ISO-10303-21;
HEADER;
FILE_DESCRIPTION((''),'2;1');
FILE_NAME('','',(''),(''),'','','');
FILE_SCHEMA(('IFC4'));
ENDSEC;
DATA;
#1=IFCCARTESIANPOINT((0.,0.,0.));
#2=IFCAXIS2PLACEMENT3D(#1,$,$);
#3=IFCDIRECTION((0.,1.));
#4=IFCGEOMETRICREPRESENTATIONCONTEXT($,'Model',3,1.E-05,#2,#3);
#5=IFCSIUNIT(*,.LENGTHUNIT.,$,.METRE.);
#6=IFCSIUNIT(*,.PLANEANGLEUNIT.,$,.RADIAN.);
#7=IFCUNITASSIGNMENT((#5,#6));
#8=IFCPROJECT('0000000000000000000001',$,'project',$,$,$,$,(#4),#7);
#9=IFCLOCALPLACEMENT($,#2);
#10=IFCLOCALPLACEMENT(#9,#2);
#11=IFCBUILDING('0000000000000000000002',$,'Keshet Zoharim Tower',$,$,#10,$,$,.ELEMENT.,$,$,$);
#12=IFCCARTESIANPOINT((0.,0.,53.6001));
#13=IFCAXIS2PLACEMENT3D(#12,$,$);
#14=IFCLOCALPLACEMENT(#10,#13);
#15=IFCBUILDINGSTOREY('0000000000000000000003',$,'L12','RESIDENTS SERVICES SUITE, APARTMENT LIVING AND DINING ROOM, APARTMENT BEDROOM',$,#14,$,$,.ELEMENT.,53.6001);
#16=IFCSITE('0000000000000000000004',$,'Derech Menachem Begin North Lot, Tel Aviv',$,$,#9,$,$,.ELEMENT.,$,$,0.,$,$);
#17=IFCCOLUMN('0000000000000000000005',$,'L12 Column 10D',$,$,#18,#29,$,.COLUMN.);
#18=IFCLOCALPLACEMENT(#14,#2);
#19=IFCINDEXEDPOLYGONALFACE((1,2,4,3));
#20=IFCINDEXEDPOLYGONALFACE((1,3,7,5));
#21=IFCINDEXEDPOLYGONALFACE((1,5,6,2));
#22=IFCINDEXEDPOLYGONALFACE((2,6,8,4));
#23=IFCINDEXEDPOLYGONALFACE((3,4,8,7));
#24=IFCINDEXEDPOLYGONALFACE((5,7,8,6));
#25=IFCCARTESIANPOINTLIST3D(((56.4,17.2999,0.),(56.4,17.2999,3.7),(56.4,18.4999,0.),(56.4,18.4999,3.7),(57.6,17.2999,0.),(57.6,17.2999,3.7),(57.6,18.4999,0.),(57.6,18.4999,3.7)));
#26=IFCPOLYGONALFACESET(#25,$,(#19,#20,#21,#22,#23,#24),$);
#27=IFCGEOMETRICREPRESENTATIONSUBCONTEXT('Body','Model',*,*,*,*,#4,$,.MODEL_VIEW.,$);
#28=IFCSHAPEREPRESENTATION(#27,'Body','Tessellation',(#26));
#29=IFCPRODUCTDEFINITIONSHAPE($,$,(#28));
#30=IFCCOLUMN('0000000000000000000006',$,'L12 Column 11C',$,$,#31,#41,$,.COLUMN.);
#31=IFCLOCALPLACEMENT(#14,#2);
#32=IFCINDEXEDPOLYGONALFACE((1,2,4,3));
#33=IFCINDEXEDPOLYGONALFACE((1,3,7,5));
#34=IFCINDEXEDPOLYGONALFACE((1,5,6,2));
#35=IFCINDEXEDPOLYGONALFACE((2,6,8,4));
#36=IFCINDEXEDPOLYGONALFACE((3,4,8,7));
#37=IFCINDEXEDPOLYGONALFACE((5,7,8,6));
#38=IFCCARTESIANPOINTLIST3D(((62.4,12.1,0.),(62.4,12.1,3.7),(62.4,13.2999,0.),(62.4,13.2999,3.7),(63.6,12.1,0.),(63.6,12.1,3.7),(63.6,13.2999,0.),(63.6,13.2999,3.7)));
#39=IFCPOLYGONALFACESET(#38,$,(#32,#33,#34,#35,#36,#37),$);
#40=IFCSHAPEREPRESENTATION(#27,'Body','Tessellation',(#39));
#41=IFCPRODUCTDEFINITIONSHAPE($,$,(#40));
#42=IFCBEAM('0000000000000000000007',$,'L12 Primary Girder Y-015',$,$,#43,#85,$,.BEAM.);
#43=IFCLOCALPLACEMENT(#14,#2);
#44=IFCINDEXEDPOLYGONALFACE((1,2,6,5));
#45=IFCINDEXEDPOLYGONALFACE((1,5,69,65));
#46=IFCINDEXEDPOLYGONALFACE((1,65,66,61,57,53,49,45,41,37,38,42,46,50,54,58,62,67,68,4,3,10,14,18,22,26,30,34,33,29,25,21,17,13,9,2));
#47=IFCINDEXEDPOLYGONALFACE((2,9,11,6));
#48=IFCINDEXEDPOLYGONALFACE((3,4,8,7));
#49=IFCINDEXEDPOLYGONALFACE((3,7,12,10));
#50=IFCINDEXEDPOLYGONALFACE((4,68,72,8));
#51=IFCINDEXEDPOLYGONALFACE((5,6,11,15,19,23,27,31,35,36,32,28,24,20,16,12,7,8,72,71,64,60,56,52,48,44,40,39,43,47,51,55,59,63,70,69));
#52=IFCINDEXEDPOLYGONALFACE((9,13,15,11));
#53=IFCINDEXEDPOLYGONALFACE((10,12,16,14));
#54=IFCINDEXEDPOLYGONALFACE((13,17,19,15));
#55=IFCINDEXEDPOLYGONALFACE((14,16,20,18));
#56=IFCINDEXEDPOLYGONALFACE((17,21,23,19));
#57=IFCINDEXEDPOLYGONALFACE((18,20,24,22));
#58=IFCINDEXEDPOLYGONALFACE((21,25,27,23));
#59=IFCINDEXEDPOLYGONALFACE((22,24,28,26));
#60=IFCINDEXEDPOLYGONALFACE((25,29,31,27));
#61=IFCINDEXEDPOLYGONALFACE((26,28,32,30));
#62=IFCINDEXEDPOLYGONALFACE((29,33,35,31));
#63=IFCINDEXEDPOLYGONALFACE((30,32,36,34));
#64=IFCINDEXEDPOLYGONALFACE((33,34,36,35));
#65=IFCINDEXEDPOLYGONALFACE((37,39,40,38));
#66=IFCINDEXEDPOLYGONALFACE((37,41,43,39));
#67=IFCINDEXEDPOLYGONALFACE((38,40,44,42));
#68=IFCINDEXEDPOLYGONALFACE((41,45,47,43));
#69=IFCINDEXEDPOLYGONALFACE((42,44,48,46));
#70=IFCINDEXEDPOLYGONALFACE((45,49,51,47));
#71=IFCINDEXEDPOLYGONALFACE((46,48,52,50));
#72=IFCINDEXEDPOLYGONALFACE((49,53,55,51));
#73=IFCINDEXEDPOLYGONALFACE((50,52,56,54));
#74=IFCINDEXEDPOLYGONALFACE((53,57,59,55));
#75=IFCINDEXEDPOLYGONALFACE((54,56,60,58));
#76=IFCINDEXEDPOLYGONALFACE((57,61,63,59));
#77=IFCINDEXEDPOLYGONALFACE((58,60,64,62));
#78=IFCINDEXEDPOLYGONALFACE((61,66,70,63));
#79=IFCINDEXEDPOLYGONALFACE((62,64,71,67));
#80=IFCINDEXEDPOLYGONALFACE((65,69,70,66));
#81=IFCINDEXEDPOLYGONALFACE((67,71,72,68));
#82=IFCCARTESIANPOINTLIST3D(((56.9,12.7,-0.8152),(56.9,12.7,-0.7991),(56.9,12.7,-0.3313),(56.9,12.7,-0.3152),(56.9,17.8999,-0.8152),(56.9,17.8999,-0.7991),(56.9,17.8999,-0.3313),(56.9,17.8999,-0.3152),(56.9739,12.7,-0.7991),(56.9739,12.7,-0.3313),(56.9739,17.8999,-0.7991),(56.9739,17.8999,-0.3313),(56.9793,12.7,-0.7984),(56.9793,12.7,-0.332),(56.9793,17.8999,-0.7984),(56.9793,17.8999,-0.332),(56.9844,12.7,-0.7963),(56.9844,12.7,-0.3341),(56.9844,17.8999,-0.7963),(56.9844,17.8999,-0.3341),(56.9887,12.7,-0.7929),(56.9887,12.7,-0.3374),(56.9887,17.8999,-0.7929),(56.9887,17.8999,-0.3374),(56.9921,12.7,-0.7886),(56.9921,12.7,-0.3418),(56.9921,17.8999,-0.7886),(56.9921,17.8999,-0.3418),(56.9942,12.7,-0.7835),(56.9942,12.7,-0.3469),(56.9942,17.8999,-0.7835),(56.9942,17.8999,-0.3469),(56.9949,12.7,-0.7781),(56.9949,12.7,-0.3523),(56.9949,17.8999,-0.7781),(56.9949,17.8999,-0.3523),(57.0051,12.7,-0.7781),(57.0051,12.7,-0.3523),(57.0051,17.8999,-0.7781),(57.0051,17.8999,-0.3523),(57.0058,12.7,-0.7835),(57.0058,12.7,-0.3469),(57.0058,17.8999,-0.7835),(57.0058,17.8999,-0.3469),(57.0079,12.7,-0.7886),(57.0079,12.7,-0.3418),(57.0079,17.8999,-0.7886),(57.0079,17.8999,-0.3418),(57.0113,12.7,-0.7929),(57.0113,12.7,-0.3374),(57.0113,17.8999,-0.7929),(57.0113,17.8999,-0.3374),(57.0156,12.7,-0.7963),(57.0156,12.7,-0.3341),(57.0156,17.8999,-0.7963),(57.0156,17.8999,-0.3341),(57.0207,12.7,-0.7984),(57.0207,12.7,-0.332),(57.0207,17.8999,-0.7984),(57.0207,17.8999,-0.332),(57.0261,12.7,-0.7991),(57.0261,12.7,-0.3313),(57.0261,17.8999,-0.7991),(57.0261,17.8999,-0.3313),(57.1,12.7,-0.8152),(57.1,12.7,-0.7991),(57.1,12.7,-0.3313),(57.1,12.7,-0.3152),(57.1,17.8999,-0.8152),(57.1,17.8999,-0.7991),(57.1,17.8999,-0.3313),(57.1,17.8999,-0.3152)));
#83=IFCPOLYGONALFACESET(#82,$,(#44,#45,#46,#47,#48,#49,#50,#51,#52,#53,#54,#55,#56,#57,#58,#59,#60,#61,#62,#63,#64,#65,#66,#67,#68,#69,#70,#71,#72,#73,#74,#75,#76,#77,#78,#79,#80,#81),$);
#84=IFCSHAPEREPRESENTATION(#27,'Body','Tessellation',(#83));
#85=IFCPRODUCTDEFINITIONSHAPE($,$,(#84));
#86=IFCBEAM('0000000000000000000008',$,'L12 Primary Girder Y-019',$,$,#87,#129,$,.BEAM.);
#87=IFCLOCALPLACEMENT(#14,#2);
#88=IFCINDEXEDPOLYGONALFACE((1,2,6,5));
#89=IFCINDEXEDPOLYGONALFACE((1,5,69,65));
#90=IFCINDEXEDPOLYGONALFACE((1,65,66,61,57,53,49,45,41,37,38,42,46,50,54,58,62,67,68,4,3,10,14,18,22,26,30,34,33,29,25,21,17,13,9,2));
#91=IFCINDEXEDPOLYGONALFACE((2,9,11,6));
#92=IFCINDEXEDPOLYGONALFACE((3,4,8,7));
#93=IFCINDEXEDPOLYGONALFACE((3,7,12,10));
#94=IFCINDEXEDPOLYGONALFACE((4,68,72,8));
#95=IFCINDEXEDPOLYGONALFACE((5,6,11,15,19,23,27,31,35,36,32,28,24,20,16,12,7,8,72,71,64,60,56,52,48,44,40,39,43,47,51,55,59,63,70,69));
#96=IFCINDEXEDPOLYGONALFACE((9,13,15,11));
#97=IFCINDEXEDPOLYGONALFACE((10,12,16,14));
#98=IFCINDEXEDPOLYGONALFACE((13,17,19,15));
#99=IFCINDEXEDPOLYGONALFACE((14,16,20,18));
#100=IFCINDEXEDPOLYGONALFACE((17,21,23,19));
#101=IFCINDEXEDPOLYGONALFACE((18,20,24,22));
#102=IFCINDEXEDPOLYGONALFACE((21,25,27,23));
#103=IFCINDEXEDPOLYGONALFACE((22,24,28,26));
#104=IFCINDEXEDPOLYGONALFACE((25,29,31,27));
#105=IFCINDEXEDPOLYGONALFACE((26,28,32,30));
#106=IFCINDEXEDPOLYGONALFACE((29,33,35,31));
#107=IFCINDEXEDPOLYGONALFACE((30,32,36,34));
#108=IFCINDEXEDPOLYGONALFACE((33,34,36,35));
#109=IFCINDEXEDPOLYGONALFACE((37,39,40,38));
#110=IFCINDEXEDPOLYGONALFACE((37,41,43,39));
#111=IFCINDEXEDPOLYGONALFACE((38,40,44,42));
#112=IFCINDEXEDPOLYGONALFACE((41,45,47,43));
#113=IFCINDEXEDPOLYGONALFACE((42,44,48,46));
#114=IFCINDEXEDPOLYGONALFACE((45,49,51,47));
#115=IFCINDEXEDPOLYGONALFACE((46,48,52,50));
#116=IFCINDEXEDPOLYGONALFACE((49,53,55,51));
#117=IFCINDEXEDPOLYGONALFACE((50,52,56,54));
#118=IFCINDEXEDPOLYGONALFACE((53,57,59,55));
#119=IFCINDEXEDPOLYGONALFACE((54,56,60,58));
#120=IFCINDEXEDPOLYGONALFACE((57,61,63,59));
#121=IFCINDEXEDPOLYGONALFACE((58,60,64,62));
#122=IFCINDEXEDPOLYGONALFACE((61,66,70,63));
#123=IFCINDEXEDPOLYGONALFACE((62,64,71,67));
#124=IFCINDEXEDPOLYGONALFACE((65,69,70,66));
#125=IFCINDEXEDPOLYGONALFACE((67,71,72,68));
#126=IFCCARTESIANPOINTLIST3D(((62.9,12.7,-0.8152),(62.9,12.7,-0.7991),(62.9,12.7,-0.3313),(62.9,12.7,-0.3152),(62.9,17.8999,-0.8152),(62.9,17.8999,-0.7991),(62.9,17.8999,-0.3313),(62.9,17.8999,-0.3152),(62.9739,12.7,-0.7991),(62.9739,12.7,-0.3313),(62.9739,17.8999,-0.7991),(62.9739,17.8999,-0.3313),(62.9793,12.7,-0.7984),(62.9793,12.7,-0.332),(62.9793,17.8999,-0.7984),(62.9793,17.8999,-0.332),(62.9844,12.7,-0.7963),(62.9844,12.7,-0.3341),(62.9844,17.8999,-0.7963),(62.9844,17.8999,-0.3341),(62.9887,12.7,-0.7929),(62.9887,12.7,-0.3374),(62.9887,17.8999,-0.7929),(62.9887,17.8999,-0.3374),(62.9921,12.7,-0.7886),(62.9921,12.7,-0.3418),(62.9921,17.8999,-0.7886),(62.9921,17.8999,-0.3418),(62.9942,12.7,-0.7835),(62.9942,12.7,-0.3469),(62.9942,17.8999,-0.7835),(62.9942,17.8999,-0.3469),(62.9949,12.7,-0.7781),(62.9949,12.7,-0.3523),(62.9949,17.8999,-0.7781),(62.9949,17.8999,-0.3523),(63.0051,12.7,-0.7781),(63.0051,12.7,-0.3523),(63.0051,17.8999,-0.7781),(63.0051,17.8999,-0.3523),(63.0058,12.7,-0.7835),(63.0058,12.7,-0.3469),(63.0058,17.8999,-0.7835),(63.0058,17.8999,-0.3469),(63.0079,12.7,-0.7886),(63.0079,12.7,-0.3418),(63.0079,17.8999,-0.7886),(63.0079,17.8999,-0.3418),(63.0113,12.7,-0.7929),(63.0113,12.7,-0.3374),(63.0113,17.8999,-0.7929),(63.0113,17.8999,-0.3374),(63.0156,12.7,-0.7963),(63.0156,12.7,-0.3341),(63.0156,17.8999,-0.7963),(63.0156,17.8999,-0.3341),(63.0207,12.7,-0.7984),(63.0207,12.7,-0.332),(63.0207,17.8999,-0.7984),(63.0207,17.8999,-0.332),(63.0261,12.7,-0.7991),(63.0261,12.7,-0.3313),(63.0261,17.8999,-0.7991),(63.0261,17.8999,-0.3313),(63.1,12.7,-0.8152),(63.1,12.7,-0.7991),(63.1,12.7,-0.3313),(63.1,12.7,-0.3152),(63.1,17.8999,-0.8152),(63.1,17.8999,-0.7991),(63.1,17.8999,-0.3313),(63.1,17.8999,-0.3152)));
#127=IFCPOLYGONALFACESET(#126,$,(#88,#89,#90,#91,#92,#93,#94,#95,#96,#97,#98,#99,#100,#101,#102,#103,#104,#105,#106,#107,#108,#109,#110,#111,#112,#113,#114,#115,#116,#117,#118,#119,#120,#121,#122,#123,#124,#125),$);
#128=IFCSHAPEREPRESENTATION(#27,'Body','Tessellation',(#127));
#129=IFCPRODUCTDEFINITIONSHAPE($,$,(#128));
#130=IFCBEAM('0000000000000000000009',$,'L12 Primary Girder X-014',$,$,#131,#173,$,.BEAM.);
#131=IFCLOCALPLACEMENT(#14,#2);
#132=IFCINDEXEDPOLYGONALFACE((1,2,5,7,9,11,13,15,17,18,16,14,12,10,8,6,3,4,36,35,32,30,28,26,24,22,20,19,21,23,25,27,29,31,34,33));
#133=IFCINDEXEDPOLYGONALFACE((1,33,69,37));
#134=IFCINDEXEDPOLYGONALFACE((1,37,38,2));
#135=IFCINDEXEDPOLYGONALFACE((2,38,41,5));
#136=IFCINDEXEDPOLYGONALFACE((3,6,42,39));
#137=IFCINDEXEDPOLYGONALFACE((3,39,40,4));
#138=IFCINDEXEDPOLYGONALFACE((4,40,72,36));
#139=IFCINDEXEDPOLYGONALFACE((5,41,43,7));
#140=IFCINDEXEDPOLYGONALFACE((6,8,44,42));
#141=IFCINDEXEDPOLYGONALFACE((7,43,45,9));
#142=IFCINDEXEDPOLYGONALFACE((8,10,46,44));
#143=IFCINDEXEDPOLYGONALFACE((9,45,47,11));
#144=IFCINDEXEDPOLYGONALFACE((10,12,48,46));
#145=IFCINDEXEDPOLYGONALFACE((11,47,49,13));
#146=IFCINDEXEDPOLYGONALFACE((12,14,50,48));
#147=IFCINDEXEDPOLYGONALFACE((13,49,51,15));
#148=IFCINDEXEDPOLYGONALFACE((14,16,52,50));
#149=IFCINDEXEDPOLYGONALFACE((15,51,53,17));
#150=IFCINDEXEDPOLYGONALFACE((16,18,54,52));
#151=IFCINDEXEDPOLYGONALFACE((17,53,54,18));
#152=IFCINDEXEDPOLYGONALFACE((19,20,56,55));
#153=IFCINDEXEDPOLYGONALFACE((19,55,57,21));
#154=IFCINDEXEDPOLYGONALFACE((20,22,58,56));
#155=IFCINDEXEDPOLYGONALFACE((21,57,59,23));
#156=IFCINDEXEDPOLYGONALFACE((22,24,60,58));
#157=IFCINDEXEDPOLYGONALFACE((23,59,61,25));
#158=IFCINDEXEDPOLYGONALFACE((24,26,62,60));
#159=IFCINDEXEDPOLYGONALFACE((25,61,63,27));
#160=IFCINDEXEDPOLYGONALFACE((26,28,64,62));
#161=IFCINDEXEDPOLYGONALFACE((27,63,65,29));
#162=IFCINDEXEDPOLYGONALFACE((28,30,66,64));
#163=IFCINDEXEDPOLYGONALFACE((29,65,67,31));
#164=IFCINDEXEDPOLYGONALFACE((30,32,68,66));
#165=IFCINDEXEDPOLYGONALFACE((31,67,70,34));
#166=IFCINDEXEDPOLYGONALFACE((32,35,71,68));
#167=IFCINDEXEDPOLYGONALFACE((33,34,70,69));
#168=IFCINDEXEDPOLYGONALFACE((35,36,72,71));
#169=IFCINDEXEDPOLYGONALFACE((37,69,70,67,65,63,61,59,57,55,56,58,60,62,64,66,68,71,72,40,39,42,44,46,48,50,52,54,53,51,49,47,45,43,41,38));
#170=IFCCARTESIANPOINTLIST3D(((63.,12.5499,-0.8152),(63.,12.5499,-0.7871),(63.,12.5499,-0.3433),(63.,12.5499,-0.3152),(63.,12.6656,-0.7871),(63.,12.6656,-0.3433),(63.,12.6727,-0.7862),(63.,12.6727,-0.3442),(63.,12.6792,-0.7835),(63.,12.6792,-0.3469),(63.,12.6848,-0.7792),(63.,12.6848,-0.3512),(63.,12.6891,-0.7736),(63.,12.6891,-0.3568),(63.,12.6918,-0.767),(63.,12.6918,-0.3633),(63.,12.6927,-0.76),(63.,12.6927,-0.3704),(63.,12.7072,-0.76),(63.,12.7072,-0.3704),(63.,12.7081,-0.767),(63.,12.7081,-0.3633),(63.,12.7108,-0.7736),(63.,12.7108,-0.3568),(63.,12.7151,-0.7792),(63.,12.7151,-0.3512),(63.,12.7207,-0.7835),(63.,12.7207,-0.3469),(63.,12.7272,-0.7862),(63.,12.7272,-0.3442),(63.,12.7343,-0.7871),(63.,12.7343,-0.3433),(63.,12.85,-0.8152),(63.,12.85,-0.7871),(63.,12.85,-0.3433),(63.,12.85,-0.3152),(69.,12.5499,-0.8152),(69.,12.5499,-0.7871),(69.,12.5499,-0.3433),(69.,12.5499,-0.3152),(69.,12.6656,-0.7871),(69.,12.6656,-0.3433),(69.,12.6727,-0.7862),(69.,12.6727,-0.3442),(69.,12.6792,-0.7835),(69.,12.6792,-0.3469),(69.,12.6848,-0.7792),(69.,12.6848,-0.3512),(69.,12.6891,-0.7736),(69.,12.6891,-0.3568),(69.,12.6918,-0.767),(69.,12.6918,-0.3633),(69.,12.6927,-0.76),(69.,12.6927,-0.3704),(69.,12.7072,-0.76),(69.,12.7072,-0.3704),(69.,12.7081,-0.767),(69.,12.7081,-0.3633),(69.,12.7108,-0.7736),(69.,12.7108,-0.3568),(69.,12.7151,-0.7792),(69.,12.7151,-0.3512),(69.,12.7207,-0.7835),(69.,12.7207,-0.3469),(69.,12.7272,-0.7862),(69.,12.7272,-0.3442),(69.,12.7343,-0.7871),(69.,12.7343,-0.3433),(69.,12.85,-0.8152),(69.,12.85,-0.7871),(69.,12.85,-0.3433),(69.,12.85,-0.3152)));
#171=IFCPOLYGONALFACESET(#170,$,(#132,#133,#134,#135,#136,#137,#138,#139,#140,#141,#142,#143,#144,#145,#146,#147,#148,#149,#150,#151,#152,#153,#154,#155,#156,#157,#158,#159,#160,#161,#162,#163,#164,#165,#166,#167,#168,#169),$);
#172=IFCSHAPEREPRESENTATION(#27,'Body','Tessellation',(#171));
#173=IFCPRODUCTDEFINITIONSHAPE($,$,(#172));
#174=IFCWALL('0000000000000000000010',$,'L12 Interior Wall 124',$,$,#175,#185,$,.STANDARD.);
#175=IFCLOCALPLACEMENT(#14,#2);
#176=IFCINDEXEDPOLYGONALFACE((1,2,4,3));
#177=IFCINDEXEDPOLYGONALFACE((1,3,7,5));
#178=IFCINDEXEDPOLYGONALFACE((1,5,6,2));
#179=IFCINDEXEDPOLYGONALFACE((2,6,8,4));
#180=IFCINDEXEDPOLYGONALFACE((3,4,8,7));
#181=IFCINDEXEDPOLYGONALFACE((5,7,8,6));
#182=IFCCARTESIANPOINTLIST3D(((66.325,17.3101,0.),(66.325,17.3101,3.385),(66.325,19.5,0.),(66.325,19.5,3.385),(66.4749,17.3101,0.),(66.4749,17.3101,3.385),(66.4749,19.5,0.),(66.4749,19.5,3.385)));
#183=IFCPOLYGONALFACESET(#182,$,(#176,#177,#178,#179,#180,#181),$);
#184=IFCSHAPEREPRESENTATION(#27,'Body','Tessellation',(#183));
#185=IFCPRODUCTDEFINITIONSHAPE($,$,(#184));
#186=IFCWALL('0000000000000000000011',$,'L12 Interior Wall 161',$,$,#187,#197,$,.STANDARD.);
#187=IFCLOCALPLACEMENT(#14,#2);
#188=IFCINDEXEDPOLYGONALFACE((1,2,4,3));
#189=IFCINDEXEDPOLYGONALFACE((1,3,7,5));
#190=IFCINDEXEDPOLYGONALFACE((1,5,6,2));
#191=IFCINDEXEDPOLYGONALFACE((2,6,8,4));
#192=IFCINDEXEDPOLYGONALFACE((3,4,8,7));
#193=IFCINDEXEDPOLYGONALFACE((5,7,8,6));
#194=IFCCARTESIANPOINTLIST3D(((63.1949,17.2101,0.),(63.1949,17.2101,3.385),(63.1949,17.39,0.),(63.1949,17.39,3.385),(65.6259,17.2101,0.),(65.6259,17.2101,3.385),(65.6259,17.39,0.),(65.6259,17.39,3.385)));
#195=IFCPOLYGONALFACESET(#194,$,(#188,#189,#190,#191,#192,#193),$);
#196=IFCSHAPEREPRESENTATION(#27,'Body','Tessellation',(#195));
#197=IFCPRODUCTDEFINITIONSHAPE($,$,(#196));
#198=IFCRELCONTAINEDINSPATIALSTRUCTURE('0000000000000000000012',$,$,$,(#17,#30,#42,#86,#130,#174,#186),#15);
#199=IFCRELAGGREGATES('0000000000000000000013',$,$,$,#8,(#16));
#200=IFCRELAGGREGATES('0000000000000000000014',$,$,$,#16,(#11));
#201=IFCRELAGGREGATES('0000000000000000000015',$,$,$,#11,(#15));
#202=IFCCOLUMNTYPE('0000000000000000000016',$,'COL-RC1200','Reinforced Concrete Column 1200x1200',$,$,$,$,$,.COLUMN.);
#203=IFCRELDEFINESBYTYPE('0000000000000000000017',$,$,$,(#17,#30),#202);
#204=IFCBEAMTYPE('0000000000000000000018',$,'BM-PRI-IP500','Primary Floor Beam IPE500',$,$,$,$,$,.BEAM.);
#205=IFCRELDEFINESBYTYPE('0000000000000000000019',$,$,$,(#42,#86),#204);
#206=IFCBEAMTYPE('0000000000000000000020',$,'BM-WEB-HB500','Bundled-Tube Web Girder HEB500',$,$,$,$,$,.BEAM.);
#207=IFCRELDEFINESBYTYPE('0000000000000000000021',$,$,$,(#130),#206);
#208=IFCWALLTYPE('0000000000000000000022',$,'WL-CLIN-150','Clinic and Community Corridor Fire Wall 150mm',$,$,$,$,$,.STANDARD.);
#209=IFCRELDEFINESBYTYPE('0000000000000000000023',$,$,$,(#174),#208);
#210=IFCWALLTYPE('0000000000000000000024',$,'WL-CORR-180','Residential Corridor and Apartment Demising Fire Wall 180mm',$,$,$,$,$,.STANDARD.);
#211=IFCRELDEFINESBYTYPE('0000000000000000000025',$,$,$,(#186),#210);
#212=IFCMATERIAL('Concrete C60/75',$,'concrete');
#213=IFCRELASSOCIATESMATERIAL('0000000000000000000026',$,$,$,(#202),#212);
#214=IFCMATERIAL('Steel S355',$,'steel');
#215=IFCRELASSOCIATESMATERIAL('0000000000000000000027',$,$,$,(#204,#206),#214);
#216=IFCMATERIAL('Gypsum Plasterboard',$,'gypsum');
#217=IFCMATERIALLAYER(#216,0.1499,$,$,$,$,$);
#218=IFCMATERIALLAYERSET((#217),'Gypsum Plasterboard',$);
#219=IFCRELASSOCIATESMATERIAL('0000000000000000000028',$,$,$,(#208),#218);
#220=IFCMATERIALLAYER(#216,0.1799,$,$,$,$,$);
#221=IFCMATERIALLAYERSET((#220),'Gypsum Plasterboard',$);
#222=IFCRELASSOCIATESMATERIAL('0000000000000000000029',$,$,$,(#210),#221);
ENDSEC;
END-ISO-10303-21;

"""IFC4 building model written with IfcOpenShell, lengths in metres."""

from ifc_helpers import new_model, si_unit, direction, frame, frame_2d, origin, origin_2d, place, context, subcontext, project, spatial, rectangle, i_section, extrude, material, layer, layer_set, material_profile, profile_set, type_object, element, save


model = new_model("IFC4")

# Units and contexts
model_context = context("Model", 3, precision=1e-05, world=origin(), true_north=direction((0.0, 1.0)))
body_context = subcontext(model_context, "Body", "Model", "MODEL_VIEW")
ifc_project = project(units=[si_unit("LENGTHUNIT", "METRE"), si_unit("PLANEANGLEUNIT", "RADIAN")], contexts=[model_context])

# Site, building, storey
site_placement = place(None, origin())
site = spatial("IfcSite", under=ifc_project, at=site_placement, Name="Derech Menachem Begin North Lot, Tel Aviv", CompositionType="ELEMENT", RefElevation=0.0)
building_placement = place(site_placement, origin())
building = spatial("IfcBuilding", under=site, at=building_placement, Name="Keshet Zoharim Tower", CompositionType="ELEMENT")
storey_placement = place(building_placement, frame((0.0, 0.0, 53.6001)))
storey = spatial("IfcBuildingStorey", under=building, at=storey_placement, Name="L12", Description="RESIDENTS SERVICES SUITE, APARTMENT LIVING AND DINING ROOM, APARTMENT BEDROOM", CompositionType="ELEMENT", Elevation=53.6001)

# Columns
ifc_material_1 = material(Name="Concrete C60/75", Category="concrete")
ifc_material_profile_1 = material_profile(ifc_material_1, rectangle(XDim=1.2, YDim=1.2, at=origin_2d()), Name="RC1200x1200")
ifc_profile_set_1 = profile_set([ifc_material_profile_1], Name="Concrete C60/75")
column_type = type_object("IfcColumnType", Name="COL-RC1200", Description="Reinforced Concrete Column 1200x1200", PredefinedType="COLUMN", material=ifc_profile_set_1)
for number, where, z_axis, x_axis, name in (
    (1, (57.0, 17.8999, 0.0), (0.0, 0.0, 1.0), (1.0, 0.0, 0.0), "L12 Column 10D"),
    (2, (63.0, 12.7, 0.0), (0.0, 0.0, 1.0), (1.0, 0.0, 0.0), "L12 Column 11C"),
):
    element("IfcColumn", number, at=place(storey_placement, frame(where, z_axis=z_axis, x_axis=x_axis)), inside=storey, type_object=column_type, Name=name, PredefinedType="COLUMN", context=body_context, shape_type="SweptSolid", body=[
        extrude(rectangle(XDim=1.2, YDim=1.2, at=origin_2d()), origin(), (0.0, 0.0, 1.0), 3.7),
    ])

# Beams
ifc_material_2 = material(Name="Steel S355", Category="steel")
ifc_material_profile_2 = material_profile(ifc_material_2, i_section(OverallWidth=0.2, OverallDepth=0.5, WebThickness=0.0103, FlangeThickness=0.0161, FilletRadius=0.021, at=origin_2d()), Name="IPE500")
ifc_profile_set_2 = profile_set([ifc_material_profile_2], Name="Steel S355")
beam_type_1 = type_object("IfcBeamType", Name="BM-PRI-IP500", Description="Primary Floor Beam IPE500", PredefinedType="BEAM", material=ifc_profile_set_2)
for number, where, z_axis, x_axis, name in (
    (3, (57.0, 12.7, -0.5652), (0.0, 1.0, 0.0), (-1.0, 0.0, 0.0), "L12 Primary Girder Y-015"),
    (4, (63.0, 12.7, -0.5652), (0.0, 1.0, 0.0), (-1.0, 0.0, 0.0), "L12 Primary Girder Y-019"),
):
    element("IfcBeam", number, at=place(storey_placement, frame(where, z_axis=z_axis, x_axis=x_axis)), inside=storey, type_object=beam_type_1, Name=name, PredefinedType="BEAM", context=body_context, shape_type="SweptSolid", body=[
        extrude(i_section(OverallWidth=0.2, OverallDepth=0.5, WebThickness=0.0103, FlangeThickness=0.0161, FilletRadius=0.021, at=origin_2d()), origin(), (0.0, 0.0, 1.0), 5.2),
    ])
ifc_material_profile_3 = material_profile(ifc_material_2, i_section(OverallWidth=0.3, OverallDepth=0.5, WebThickness=0.0144, FlangeThickness=0.0281, FilletRadius=0.0271, at=origin_2d()), Name="HEB500")
ifc_profile_set_3 = profile_set([ifc_material_profile_3], Name="Steel S355")
beam_type_2 = type_object("IfcBeamType", Name="BM-WEB-HB500", Description="Bundled-Tube Web Girder HEB500", PredefinedType="BEAM", material=ifc_profile_set_3)
beam_placement = place(storey_placement, frame((63.0, 12.7, -0.5652), z_axis=(1.0, 0.0, 0.0), x_axis=(0.0, 1.0, 0.0)))
element("IfcBeam", 5, at=beam_placement, inside=storey, type_object=beam_type_2, Name="L12 Primary Girder X-014", PredefinedType="BEAM", context=body_context, shape_type="SweptSolid", body=[
    extrude(i_section(OverallWidth=0.3, OverallDepth=0.5, WebThickness=0.0144, FlangeThickness=0.0281, FilletRadius=0.0271, at=origin_2d()), origin(), (0.0, 0.0, 1.0), 6.0),
])

# Wall
ifc_material_3 = material(Name="Gypsum Plasterboard", Category="gypsum")
ifc_layer_1 = layer(ifc_material_3, 0.1499)
ifc_layer_set_1 = layer_set([ifc_layer_1], Name="Gypsum Plasterboard")
wall_type_1 = type_object("IfcWallType", Name="WL-CLIN-150", Description="Clinic and Community Corridor Fire Wall 150mm", PredefinedType="STANDARD", material=ifc_layer_set_1)
wall_1_placement = place(storey_placement, frame((66.3999, 17.3101, 0.0), z_axis=(0.0, 0.0, 1.0), x_axis=(0.0, 1.0, 0.0)))
element("IfcWall", 6, at=wall_1_placement, inside=storey, type_object=wall_type_1, Name="L12 Interior Wall 124", PredefinedType="STANDARD", context=body_context, shape_type="SweptSolid", body=[
    extrude(rectangle(XDim=2.1899, YDim=0.1499, at=frame_2d((1.095, 0.0))), origin(), (0.0, 0.0, 1.0), 3.385),
])

# Shared definitions
ifc_layer_2 = layer(ifc_material_3, 0.1799)
ifc_layer_set_2 = layer_set([ifc_layer_2], Name="Gypsum Plasterboard")
wall_type_2 = type_object("IfcWallType", Name="WL-CORR-180", Description="Residential Corridor and Apartment Demising Fire Wall 180mm", PredefinedType="STANDARD", material=ifc_layer_set_2)

# Wall
wall_2_placement = place(storey_placement, frame((63.1951, 17.3, 0.0), z_axis=(0.0, 0.0, 1.0), x_axis=(1.0, 0.0, 0.0)))
element("IfcWall", 7, at=wall_2_placement, inside=storey, type_object=wall_type_2, Name="L12 Interior Wall 161", PredefinedType="STANDARD", context=body_context, shape_type="SweptSolid", body=[
    extrude(rectangle(XDim=2.4309, YDim=0.1799, at=frame_2d((1.2153, 0.0))), origin(), (0.0, 0.0, 1.0), 3.385),
])

save(model, "model.ifc")
